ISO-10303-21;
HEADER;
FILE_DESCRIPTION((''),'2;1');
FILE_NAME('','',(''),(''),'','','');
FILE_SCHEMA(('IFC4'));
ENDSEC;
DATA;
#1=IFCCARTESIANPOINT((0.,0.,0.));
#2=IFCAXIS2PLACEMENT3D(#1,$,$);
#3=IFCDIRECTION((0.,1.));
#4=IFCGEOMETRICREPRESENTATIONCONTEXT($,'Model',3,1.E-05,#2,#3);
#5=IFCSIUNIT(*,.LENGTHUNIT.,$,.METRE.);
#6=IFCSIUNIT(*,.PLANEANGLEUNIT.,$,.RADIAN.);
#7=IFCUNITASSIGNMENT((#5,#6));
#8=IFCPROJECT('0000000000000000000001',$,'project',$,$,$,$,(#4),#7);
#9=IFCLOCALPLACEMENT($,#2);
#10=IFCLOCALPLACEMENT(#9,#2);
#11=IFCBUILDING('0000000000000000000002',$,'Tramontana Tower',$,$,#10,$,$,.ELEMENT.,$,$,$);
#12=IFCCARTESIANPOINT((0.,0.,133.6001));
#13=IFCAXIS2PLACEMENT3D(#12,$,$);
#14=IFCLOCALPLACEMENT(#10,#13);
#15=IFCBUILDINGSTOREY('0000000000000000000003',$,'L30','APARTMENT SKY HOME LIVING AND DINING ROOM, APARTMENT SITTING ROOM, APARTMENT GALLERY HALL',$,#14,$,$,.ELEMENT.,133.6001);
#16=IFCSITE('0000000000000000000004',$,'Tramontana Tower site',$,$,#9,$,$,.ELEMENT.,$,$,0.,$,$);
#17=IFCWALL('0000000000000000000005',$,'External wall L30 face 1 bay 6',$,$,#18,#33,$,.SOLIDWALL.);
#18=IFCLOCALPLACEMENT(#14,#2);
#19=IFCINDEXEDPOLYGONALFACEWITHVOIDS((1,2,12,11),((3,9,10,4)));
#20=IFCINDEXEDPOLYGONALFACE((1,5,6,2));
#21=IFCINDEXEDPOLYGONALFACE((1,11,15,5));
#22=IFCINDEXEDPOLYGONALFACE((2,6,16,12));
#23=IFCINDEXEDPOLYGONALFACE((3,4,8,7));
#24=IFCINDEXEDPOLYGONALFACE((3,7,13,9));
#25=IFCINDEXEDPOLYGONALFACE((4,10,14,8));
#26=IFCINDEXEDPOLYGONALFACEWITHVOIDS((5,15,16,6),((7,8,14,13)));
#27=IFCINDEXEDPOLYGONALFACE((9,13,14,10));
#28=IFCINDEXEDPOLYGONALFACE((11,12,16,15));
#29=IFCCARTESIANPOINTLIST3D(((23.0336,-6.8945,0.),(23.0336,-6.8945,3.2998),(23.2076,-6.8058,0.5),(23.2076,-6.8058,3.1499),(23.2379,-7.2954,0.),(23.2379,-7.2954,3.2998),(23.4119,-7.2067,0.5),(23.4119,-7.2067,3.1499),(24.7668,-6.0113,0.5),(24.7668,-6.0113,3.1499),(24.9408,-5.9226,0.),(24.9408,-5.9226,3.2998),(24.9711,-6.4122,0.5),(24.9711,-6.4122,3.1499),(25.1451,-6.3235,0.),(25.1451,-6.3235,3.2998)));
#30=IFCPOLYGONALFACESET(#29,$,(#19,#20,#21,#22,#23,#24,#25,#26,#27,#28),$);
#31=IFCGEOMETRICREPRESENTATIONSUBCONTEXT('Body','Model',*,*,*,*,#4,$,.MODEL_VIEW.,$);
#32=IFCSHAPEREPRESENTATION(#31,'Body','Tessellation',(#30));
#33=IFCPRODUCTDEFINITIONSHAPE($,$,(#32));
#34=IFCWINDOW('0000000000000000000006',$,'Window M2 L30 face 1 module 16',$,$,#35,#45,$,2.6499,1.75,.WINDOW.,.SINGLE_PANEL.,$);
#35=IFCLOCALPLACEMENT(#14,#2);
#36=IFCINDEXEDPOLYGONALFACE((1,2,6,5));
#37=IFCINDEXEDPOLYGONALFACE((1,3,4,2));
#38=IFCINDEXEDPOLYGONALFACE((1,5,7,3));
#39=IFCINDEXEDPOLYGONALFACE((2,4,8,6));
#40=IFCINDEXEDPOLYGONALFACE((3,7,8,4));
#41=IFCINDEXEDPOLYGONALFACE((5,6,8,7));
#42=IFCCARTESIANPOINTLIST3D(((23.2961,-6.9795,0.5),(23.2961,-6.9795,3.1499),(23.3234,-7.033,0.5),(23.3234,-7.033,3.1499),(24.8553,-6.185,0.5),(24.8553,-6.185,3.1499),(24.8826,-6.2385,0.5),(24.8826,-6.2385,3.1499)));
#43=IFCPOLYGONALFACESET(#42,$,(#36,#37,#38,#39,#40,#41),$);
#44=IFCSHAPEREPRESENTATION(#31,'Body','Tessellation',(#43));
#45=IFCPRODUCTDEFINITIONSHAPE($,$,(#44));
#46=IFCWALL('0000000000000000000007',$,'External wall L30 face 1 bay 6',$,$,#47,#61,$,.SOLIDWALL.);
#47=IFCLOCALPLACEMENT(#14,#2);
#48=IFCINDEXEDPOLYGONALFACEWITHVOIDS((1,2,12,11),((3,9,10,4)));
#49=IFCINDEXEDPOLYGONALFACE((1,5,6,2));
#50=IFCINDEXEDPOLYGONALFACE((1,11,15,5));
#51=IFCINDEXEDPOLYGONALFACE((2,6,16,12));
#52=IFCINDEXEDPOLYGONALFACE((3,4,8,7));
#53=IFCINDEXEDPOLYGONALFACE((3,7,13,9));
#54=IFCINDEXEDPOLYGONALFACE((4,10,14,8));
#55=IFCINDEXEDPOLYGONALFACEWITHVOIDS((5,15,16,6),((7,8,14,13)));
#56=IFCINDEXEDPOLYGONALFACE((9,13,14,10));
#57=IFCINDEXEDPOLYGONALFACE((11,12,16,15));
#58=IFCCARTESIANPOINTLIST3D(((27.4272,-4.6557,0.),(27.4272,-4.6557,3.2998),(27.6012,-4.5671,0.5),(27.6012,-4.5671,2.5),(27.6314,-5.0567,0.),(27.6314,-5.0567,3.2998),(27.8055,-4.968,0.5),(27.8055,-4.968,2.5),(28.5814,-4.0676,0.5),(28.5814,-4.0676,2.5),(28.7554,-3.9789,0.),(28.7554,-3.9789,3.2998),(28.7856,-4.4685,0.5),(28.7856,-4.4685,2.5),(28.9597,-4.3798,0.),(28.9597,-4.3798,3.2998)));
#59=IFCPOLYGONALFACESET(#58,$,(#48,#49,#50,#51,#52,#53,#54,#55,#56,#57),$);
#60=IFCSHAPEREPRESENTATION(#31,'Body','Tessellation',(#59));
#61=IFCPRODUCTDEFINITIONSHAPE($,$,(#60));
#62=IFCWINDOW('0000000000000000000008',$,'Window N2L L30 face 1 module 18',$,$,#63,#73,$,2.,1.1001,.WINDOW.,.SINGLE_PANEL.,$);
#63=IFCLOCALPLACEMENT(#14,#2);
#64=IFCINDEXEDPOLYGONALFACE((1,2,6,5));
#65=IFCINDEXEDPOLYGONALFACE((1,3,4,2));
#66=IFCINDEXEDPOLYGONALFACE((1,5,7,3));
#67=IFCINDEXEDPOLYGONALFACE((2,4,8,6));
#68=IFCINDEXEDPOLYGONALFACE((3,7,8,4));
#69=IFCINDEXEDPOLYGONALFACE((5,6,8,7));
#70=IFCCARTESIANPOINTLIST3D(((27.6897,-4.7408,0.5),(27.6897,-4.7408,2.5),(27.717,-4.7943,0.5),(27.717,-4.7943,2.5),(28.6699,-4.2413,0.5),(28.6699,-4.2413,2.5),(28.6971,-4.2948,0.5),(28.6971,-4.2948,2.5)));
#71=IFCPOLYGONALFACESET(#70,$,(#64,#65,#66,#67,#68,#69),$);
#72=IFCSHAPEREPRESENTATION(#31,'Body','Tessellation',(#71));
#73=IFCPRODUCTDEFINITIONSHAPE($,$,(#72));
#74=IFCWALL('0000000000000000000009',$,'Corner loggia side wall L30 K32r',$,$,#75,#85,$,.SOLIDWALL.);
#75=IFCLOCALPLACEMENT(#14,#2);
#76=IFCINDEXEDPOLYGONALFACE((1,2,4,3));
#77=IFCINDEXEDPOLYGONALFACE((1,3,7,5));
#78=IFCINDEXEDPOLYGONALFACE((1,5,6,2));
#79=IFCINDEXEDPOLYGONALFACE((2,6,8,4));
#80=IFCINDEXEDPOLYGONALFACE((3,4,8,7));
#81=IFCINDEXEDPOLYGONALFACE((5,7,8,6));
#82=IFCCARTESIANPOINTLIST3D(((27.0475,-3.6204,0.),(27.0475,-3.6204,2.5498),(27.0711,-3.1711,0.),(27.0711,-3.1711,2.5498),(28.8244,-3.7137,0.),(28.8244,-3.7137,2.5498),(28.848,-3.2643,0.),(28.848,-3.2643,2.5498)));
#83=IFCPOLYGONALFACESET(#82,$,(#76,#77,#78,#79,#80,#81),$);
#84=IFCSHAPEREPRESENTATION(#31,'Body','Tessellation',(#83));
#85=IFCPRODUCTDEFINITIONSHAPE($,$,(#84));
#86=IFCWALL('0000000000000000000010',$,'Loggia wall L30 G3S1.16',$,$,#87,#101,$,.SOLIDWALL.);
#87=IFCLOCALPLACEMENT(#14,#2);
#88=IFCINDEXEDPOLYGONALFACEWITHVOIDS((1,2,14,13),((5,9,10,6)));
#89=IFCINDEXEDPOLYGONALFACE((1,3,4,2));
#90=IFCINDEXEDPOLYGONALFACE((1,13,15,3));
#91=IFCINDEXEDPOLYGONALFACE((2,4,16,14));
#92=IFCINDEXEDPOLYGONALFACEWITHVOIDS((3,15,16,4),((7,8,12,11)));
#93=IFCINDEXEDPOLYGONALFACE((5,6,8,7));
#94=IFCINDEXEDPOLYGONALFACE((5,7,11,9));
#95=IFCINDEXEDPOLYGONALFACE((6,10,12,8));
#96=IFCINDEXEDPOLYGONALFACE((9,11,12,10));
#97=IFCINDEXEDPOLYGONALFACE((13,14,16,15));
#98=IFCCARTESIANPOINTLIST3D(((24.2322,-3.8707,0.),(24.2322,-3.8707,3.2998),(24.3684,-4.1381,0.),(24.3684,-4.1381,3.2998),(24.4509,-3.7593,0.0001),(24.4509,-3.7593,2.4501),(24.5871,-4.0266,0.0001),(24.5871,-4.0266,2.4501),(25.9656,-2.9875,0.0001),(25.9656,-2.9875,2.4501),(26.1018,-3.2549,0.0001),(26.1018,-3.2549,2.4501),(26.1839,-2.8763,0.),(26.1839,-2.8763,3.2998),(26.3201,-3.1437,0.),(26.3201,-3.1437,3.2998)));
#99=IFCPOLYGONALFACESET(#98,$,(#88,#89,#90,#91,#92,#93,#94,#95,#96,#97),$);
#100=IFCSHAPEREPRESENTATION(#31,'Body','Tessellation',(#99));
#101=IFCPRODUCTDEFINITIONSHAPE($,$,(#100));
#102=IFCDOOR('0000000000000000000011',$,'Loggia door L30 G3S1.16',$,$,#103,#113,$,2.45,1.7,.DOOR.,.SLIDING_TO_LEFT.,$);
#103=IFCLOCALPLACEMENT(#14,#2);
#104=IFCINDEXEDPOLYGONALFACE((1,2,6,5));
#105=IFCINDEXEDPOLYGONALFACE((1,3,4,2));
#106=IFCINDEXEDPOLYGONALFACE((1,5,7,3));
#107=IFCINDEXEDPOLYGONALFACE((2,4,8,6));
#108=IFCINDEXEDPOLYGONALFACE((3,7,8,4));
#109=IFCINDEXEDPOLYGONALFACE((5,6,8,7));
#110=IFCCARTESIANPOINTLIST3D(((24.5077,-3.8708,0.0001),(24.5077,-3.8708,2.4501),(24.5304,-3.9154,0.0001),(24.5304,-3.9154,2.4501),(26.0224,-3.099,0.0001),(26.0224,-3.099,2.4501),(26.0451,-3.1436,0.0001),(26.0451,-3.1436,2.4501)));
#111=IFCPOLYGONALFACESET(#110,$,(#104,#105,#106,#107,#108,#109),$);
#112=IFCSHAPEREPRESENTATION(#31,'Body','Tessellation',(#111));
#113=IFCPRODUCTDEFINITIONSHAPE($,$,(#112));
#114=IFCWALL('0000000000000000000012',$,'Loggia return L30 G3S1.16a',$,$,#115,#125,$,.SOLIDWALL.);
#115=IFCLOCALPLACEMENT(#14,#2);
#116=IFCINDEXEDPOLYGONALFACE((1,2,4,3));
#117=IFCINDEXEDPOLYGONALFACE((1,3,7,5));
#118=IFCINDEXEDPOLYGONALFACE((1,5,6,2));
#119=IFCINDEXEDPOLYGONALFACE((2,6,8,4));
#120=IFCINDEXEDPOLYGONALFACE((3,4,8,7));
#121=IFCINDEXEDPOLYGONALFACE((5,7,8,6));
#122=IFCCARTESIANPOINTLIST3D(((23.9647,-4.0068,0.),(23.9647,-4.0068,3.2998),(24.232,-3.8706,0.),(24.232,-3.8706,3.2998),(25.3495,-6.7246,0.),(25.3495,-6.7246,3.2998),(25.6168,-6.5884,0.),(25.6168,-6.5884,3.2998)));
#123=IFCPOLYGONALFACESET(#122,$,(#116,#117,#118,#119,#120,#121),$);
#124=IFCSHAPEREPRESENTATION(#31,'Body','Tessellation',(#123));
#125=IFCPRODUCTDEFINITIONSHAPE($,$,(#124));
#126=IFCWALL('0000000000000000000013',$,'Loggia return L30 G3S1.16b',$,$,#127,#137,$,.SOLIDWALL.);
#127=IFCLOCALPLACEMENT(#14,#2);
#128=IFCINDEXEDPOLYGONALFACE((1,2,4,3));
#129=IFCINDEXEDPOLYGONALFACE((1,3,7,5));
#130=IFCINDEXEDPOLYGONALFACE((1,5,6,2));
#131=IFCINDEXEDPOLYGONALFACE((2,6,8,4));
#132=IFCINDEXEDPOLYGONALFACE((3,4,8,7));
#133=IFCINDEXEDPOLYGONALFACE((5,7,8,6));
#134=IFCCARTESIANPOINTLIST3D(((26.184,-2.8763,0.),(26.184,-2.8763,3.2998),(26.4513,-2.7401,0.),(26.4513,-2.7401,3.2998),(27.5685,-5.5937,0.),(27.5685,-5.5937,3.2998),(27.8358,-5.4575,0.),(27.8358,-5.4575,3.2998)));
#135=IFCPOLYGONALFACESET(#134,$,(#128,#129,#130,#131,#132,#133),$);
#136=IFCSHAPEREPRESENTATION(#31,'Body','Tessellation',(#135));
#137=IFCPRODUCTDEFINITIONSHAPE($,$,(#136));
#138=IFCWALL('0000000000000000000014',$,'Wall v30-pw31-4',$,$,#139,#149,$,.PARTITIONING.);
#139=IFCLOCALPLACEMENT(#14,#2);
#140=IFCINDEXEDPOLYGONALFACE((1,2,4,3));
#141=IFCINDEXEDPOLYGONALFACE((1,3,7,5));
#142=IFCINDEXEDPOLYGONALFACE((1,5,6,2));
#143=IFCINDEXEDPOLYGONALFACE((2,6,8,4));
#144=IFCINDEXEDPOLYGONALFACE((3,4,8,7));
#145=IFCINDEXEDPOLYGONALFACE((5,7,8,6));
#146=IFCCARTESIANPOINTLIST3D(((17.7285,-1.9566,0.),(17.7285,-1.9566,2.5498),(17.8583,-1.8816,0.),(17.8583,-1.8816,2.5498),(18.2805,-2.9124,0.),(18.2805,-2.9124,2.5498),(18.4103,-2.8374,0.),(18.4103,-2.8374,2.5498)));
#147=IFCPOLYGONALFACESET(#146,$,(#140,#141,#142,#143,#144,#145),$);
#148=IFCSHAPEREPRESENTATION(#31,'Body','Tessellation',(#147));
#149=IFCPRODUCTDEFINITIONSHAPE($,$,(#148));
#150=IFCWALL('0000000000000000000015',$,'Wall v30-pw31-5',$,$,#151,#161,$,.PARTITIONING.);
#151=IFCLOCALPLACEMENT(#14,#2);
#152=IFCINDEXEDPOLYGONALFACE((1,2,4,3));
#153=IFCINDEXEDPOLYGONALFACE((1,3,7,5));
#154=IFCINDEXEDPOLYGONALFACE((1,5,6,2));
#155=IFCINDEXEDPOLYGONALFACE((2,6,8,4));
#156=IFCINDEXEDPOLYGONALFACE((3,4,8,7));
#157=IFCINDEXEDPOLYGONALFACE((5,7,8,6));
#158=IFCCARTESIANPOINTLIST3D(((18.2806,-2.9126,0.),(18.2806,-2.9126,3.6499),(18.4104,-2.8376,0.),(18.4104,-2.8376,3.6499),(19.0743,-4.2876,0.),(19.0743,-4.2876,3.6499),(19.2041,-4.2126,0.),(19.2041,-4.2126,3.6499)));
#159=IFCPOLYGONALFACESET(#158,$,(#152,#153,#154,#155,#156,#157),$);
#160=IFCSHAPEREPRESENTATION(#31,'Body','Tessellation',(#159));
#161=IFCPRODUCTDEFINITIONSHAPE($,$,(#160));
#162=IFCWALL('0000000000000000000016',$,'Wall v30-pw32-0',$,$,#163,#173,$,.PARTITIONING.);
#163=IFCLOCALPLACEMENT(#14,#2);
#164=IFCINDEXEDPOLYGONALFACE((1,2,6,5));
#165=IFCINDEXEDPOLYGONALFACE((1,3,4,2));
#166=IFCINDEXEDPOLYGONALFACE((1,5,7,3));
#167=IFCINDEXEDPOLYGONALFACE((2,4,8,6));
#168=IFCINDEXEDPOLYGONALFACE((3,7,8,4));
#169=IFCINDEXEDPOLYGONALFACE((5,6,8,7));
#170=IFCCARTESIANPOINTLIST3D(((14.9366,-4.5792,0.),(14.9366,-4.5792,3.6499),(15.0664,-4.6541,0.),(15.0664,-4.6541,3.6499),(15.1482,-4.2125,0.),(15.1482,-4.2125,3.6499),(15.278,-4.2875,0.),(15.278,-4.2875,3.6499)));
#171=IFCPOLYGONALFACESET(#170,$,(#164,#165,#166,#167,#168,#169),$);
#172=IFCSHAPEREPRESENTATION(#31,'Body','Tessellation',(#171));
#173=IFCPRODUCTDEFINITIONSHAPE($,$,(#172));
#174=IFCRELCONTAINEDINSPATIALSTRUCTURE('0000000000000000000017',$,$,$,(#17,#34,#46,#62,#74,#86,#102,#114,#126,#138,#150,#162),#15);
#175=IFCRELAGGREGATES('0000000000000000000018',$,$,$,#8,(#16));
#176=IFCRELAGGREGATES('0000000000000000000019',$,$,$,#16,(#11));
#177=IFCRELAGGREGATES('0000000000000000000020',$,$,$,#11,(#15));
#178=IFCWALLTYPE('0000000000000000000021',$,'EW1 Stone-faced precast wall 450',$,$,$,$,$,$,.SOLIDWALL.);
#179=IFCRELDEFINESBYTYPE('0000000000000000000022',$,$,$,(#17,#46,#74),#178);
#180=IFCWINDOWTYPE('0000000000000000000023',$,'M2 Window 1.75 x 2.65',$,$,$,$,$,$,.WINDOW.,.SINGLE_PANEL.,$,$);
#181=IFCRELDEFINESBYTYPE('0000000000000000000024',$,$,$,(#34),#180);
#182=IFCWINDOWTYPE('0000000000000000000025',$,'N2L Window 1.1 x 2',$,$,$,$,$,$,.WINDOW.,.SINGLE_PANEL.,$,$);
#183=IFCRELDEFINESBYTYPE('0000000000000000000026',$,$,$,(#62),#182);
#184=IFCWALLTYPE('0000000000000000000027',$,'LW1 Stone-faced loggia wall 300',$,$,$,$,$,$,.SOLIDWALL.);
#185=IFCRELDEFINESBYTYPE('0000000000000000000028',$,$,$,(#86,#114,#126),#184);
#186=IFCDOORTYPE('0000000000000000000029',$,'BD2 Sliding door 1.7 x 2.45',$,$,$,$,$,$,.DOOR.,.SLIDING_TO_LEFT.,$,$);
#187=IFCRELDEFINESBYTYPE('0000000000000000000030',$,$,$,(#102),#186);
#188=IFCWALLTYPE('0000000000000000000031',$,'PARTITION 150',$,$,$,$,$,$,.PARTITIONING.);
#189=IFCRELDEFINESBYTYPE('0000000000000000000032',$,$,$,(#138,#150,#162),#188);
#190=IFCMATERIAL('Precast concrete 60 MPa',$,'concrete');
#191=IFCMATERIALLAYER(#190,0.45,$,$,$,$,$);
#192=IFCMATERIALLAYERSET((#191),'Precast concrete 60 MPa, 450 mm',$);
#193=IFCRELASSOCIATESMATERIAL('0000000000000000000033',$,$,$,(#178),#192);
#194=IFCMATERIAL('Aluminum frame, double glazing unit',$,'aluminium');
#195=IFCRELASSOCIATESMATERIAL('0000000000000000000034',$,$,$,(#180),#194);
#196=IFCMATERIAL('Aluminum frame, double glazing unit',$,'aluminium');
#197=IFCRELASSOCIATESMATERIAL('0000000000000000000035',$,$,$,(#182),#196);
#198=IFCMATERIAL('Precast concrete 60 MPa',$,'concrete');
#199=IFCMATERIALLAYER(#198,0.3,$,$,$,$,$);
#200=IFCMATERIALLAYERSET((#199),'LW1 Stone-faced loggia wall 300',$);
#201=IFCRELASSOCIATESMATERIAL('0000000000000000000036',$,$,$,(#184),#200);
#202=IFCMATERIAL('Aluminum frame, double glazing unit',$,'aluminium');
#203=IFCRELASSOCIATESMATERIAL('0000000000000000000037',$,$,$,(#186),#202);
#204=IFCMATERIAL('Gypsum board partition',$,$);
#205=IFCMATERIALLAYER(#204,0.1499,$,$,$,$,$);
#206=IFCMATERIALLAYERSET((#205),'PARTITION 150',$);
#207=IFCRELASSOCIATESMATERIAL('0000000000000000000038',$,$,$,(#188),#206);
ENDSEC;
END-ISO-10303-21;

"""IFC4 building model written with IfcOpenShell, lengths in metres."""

from ifc_helpers import new_model, si_unit, direction, frame, frame_2d, origin, place, context, subcontext, project, spatial, rectangle, extrude, material, layer, layer_set, type_object, element, fill, save


model = new_model("IFC4")

# Units and contexts
model_context = context("Model", 3, precision=1e-05, world=origin(), true_north=direction((0.0, 1.0)))
body_context = subcontext(model_context, "Body", "Model", "MODEL_VIEW")
ifc_project = project(units=[si_unit("LENGTHUNIT", "METRE"), si_unit("PLANEANGLEUNIT", "RADIAN")], contexts=[model_context])

# Site, building, storey
site_placement = place(None, origin())
site = spatial("IfcSite", under=ifc_project, at=site_placement, Name="Tramontana Tower site", CompositionType="ELEMENT", RefElevation=0.0)
building_placement = place(site_placement, origin())
building = spatial("IfcBuilding", under=site, at=building_placement, Name="Tramontana Tower", CompositionType="ELEMENT")
storey_placement = place(building_placement, frame((0.0, 0.0, 133.6001)))
storey = spatial("IfcBuildingStorey", under=building, at=storey_placement, Name="L30", Description="APARTMENT SKY HOME LIVING AND DINING ROOM, APARTMENT SITTING ROOM, APARTMENT GALLERY HALL", CompositionType="ELEMENT", Elevation=133.6001)

# Shared definitions
ifc_material_1 = material(Name="Precast concrete 60 MPa", Category="concrete")
ifc_layer_1 = layer(ifc_material_1, 0.45)
ifc_layer_set_1 = layer_set([ifc_layer_1], Name="Precast concrete 60 MPa, 450 mm")
wall_type_1 = type_object("IfcWallType", Name="EW1 Stone-faced precast wall 450", PredefinedType="SOLIDWALL", material=ifc_layer_set_1)
ifc_material_2 = material(Name="Aluminum frame, double glazing unit", Category="aluminium")
window_type_1 = type_object("IfcWindowType", Name="M2 Window 1.75 x 2.65", PartitioningType="SINGLE_PANEL", PredefinedType="WINDOW", material=ifc_material_2)

# Walls, openings, windows
wall_1_placement = place(storey_placement, frame((23.1357, -7.095, 0.0), z_axis=(0.0, 0.0, 1.0), x_axis=(0.890979, 0.454044, 0.0)))
wall_1 = element("IfcWall", 1, at=wall_1_placement, inside=storey, type_object=wall_type_1, Name="External wall L30 face 1 bay 6", PredefinedType="SOLIDWALL", context=body_context, shape_type="SweptSolid", body=[
    extrude(rectangle(XDim=2.1406, YDim=0.45, at=frame_2d((1.0703, 0.0))), origin(), (0.0, 0.0, 1.0), 3.2998),
])
opening_1_placement = place(wall_1_placement, frame((0.1953, 0.0, 0.5)))
opening_1 = element("IfcOpeningElement", 2, at=opening_1_placement, cuts=wall_1, PredefinedType="OPENING", context=body_context, shape_type="SweptSolid", body=[
    extrude(rectangle(XDim=1.75, YDim=2.6499, at=frame_2d((0.875, 1.325))), frame((0.0, 0.2349, 0.0), z_axis=(0.0, -1.0, 0.0), x_axis=(1.0, 0.0, 0.0)), (0.0, 0.0, 1.0), 0.47),
])
window_1_placement = place(opening_1_placement, origin())
window_1 = element("IfcWindow", 3, at=window_1_placement, inside=storey, type_object=window_type_1, Name="Window M2 L30 face 1 module 16", OverallHeight=2.6499, OverallWidth=1.75, PartitioningType="SINGLE_PANEL", PredefinedType="WINDOW", context=body_context, shape_type="SweptSolid", body=[
    extrude(rectangle(XDim=1.75, YDim=2.6499, at=frame_2d((0.875, 1.325))), frame((0.0, 0.03, 0.0), z_axis=(0.0, -1.0, 0.0), x_axis=(1.0, 0.0, 0.0)), (0.0, 0.0, 1.0), 0.0601),
])
fill(opening_1, window_1)
wall_2_placement = place(storey_placement, frame((27.5293, -4.8562, 0.0), z_axis=(0.0, 0.0, 1.0), x_axis=(0.890994, 0.454014, 0.0)))
wall_2 = element("IfcWall", 4, at=wall_2_placement, inside=storey, type_object=wall_type_1, Name="External wall L30 face 1 bay 6", PredefinedType="SOLIDWALL", context=body_context, shape_type="SweptSolid", body=[
    extrude(rectangle(XDim=1.4907, YDim=0.45, at=frame_2d((0.7454, 0.0))), origin(), (0.0, 0.0, 1.0), 3.2998),
])
opening_2_placement = place(wall_2_placement, frame((0.1953, 0.0, 0.5)))
opening_2 = element("IfcOpeningElement", 5, at=opening_2_placement, cuts=wall_2, PredefinedType="OPENING", context=body_context, shape_type="SweptSolid", body=[
    extrude(rectangle(XDim=1.1001, YDim=2.0, at=frame_2d((0.55, 1.0))), frame((0.0, 0.2349, 0.0), z_axis=(0.0, -1.0, 0.0), x_axis=(1.0, 0.0, 0.0)), (0.0, 0.0, 1.0), 0.47),
])
ifc_material_3 = material(Name="Aluminum frame, double glazing unit", Category="aluminium")
window_type_2 = type_object("IfcWindowType", Name="N2L Window 1.1 x 2", PartitioningType="SINGLE_PANEL", PredefinedType="WINDOW", material=ifc_material_3)
window_2_placement = place(opening_2_placement, origin())
window_2 = element("IfcWindow", 6, at=window_2_placement, inside=storey, type_object=window_type_2, Name="Window N2L L30 face 1 module 18", OverallHeight=2.0, OverallWidth=1.1001, PartitioningType="SINGLE_PANEL", PredefinedType="WINDOW", context=body_context, shape_type="SweptSolid", body=[
    extrude(rectangle(XDim=1.1001, YDim=2.0, at=frame_2d((0.55, 1.0))), frame((0.0, 0.03, 0.0), z_axis=(0.0, -1.0, 0.0), x_axis=(1.0, 0.0, 0.0)), (0.0, 0.0, 1.0), 0.0601),
])
fill(opening_2, window_2)

# Wall
wall_3_placement = place(storey_placement, frame((28.8362, -3.489, 0.0), z_axis=(0.0, 0.0, 1.0), x_axis=(-0.998625, 0.052415, 0.0)))
element("IfcWall", 7, at=wall_3_placement, inside=storey, type_object=wall_type_1, Name="Corner loggia side wall L30 K32r", PredefinedType="SOLIDWALL", context=body_context, shape_type="SweptSolid", body=[
    extrude(rectangle(XDim=1.7793, YDim=0.45, at=frame_2d((0.8896, 0.0))), origin(), (0.0, 0.0, 1.0), 2.5498),
])

# Wall, opening, door
ifc_material_4 = material(Name="Precast concrete 60 MPa", Category="concrete")
ifc_layer_2 = layer(ifc_material_4, 0.3)
ifc_layer_set_2 = layer_set([ifc_layer_2], Name="LW1 Stone-faced loggia wall 300")
wall_type_2 = type_object("IfcWallType", Name="LW1 Stone-faced loggia wall 300", PredefinedType="SOLIDWALL", material=ifc_layer_set_2)
wall_4_placement = place(storey_placement, frame((24.3003, -4.0044, 0.0), z_axis=(0.0, 0.0, 1.0), x_axis=(0.891013, 0.453978, 0.0)))
wall_4 = element("IfcWall", 8, at=wall_4_placement, inside=storey, type_object=wall_type_2, Name="Loggia wall L30 G3S1.16", PredefinedType="SOLIDWALL", context=body_context, shape_type="SweptSolid", body=[
    extrude(rectangle(XDim=2.1904, YDim=0.3, at=frame_2d((1.0952, 0.0))), origin(), (0.0, 0.0, 1.0), 3.2998),
])
opening_3_placement = place(wall_4_placement, frame((0.2454, 0.0, 0.0)))
opening_3 = element("IfcOpeningElement", 9, at=opening_3_placement, cuts=wall_4, PredefinedType="OPENING", context=body_context, shape_type="SweptSolid", body=[
    extrude(rectangle(XDim=1.7, YDim=2.45, at=frame_2d((0.8501, 1.2251))), frame((0.0, 0.1599, 0.0), z_axis=(0.0, -1.0, 0.0), x_axis=(1.0, 0.0, 0.0)), (0.0, 0.0, 1.0), 0.3201),
])
ifc_material_5 = material(Name="Aluminum frame, double glazing unit", Category="aluminium")
door_type = type_object("IfcDoorType", Name="BD2 Sliding door 1.7 x 2.45", OperationType="SLIDING_TO_LEFT", PredefinedType="DOOR", material=ifc_material_5)
door_placement = place(opening_3_placement, origin())
door = element("IfcDoor", 10, at=door_placement, inside=storey, type_object=door_type, Name="Loggia door L30 G3S1.16", OperationType="SLIDING_TO_LEFT", OverallHeight=2.45, OverallWidth=1.7, PredefinedType="DOOR", context=body_context, shape_type="SweptSolid", body=[
    extrude(rectangle(XDim=1.7, YDim=2.45, at=frame_2d((0.8501, 1.2251))), frame((0.0, 0.0249, 0.0), z_axis=(0.0, -1.0, 0.0), x_axis=(1.0, 0.0, 0.0)), (0.0, 0.0, 1.0), 0.05),
])
fill(opening_3, door)

# Walls
wall_5_placement = place(storey_placement, frame((25.4832, -6.6565, 0.0), z_axis=(0.0, 0.0, 1.0), x_axis=(-0.453988, 0.891008, 0.0)))
element("IfcWall", 11, at=wall_5_placement, inside=storey, type_object=wall_type_2, Name="Loggia return L30 G3S1.16a", PredefinedType="SOLIDWALL", context=body_context, shape_type="SweptSolid", body=[
    extrude(rectangle(XDim=3.0503, YDim=0.3, at=frame_2d((1.5251, 0.0))), origin(), (0.0, 0.0, 1.0), 3.2998),
])
wall_6_placement = place(storey_placement, frame((27.7021, -5.5256, 0.0), z_axis=(0.0, 0.0, 1.0), x_axis=(-0.453957, 0.891024, 0.0)))
element("IfcWall", 12, at=wall_6_placement, inside=storey, type_object=wall_type_2, Name="Loggia return L30 G3S1.16b", PredefinedType="SOLIDWALL", context=body_context, shape_type="SweptSolid", body=[
    extrude(rectangle(XDim=3.0498, YDim=0.3, at=frame_2d((1.5249, 0.0))), origin(), (0.0, 0.0, 1.0), 3.2998),
])
ifc_material_6 = material(Name="Gypsum board partition")
ifc_layer_3 = layer(ifc_material_6, 0.1499)
ifc_layer_set_3 = layer_set([ifc_layer_3], Name="PARTITION 150")
wall_type_3 = type_object("IfcWallType", Name="PARTITION 150", PredefinedType="PARTITIONING", material=ifc_layer_set_3)
wall_7_placement = place(storey_placement, frame((17.7935, -1.9192, 0.0), z_axis=(0.0, 0.0, 1.0), x_axis=(0.500112, -0.865961, 0.0)))
element("IfcWall", 13, at=wall_7_placement, inside=storey, type_object=wall_type_3, Name="Wall v30-pw31-4", PredefinedType="PARTITIONING", context=body_context, shape_type="SweptSolid", body=[
    extrude(rectangle(XDim=1.1038, YDim=0.1499, at=frame_2d((0.5518, 0.0))), origin(), (0.0, 0.0, 1.0), 2.5498),
])
wall_8_placement = place(storey_placement, frame((18.3455, -2.875, 0.0), z_axis=(0.0, 0.0, 1.0), x_axis=(0.499927, -0.866068, 0.0)))
element("IfcWall", 14, at=wall_8_placement, inside=storey, type_object=wall_type_3, Name="Wall v30-pw31-5", PredefinedType="PARTITIONING", context=body_context, shape_type="SweptSolid", body=[
    extrude(rectangle(XDim=1.5876, YDim=0.1499, at=frame_2d((0.7939, 0.0))), origin(), (0.0, 0.0, 1.0), 3.6499),
])
wall_9_placement = place(storey_placement, frame((15.2131, -4.25, 0.0), z_axis=(0.0, 0.0, 1.0), x_axis=(-0.499922, -0.86607, 0.0)))
element("IfcWall", 15, at=wall_9_placement, inside=storey, type_object=wall_type_3, Name="Wall v30-pw32-0", PredefinedType="PARTITIONING", context=body_context, shape_type="SweptSolid", body=[
    extrude(rectangle(XDim=0.4233, YDim=0.1499, at=frame_2d((0.2117, 0.0))), origin(), (0.0, 0.0, 1.0), 3.6499),
])

save(model, "model.ifc")
